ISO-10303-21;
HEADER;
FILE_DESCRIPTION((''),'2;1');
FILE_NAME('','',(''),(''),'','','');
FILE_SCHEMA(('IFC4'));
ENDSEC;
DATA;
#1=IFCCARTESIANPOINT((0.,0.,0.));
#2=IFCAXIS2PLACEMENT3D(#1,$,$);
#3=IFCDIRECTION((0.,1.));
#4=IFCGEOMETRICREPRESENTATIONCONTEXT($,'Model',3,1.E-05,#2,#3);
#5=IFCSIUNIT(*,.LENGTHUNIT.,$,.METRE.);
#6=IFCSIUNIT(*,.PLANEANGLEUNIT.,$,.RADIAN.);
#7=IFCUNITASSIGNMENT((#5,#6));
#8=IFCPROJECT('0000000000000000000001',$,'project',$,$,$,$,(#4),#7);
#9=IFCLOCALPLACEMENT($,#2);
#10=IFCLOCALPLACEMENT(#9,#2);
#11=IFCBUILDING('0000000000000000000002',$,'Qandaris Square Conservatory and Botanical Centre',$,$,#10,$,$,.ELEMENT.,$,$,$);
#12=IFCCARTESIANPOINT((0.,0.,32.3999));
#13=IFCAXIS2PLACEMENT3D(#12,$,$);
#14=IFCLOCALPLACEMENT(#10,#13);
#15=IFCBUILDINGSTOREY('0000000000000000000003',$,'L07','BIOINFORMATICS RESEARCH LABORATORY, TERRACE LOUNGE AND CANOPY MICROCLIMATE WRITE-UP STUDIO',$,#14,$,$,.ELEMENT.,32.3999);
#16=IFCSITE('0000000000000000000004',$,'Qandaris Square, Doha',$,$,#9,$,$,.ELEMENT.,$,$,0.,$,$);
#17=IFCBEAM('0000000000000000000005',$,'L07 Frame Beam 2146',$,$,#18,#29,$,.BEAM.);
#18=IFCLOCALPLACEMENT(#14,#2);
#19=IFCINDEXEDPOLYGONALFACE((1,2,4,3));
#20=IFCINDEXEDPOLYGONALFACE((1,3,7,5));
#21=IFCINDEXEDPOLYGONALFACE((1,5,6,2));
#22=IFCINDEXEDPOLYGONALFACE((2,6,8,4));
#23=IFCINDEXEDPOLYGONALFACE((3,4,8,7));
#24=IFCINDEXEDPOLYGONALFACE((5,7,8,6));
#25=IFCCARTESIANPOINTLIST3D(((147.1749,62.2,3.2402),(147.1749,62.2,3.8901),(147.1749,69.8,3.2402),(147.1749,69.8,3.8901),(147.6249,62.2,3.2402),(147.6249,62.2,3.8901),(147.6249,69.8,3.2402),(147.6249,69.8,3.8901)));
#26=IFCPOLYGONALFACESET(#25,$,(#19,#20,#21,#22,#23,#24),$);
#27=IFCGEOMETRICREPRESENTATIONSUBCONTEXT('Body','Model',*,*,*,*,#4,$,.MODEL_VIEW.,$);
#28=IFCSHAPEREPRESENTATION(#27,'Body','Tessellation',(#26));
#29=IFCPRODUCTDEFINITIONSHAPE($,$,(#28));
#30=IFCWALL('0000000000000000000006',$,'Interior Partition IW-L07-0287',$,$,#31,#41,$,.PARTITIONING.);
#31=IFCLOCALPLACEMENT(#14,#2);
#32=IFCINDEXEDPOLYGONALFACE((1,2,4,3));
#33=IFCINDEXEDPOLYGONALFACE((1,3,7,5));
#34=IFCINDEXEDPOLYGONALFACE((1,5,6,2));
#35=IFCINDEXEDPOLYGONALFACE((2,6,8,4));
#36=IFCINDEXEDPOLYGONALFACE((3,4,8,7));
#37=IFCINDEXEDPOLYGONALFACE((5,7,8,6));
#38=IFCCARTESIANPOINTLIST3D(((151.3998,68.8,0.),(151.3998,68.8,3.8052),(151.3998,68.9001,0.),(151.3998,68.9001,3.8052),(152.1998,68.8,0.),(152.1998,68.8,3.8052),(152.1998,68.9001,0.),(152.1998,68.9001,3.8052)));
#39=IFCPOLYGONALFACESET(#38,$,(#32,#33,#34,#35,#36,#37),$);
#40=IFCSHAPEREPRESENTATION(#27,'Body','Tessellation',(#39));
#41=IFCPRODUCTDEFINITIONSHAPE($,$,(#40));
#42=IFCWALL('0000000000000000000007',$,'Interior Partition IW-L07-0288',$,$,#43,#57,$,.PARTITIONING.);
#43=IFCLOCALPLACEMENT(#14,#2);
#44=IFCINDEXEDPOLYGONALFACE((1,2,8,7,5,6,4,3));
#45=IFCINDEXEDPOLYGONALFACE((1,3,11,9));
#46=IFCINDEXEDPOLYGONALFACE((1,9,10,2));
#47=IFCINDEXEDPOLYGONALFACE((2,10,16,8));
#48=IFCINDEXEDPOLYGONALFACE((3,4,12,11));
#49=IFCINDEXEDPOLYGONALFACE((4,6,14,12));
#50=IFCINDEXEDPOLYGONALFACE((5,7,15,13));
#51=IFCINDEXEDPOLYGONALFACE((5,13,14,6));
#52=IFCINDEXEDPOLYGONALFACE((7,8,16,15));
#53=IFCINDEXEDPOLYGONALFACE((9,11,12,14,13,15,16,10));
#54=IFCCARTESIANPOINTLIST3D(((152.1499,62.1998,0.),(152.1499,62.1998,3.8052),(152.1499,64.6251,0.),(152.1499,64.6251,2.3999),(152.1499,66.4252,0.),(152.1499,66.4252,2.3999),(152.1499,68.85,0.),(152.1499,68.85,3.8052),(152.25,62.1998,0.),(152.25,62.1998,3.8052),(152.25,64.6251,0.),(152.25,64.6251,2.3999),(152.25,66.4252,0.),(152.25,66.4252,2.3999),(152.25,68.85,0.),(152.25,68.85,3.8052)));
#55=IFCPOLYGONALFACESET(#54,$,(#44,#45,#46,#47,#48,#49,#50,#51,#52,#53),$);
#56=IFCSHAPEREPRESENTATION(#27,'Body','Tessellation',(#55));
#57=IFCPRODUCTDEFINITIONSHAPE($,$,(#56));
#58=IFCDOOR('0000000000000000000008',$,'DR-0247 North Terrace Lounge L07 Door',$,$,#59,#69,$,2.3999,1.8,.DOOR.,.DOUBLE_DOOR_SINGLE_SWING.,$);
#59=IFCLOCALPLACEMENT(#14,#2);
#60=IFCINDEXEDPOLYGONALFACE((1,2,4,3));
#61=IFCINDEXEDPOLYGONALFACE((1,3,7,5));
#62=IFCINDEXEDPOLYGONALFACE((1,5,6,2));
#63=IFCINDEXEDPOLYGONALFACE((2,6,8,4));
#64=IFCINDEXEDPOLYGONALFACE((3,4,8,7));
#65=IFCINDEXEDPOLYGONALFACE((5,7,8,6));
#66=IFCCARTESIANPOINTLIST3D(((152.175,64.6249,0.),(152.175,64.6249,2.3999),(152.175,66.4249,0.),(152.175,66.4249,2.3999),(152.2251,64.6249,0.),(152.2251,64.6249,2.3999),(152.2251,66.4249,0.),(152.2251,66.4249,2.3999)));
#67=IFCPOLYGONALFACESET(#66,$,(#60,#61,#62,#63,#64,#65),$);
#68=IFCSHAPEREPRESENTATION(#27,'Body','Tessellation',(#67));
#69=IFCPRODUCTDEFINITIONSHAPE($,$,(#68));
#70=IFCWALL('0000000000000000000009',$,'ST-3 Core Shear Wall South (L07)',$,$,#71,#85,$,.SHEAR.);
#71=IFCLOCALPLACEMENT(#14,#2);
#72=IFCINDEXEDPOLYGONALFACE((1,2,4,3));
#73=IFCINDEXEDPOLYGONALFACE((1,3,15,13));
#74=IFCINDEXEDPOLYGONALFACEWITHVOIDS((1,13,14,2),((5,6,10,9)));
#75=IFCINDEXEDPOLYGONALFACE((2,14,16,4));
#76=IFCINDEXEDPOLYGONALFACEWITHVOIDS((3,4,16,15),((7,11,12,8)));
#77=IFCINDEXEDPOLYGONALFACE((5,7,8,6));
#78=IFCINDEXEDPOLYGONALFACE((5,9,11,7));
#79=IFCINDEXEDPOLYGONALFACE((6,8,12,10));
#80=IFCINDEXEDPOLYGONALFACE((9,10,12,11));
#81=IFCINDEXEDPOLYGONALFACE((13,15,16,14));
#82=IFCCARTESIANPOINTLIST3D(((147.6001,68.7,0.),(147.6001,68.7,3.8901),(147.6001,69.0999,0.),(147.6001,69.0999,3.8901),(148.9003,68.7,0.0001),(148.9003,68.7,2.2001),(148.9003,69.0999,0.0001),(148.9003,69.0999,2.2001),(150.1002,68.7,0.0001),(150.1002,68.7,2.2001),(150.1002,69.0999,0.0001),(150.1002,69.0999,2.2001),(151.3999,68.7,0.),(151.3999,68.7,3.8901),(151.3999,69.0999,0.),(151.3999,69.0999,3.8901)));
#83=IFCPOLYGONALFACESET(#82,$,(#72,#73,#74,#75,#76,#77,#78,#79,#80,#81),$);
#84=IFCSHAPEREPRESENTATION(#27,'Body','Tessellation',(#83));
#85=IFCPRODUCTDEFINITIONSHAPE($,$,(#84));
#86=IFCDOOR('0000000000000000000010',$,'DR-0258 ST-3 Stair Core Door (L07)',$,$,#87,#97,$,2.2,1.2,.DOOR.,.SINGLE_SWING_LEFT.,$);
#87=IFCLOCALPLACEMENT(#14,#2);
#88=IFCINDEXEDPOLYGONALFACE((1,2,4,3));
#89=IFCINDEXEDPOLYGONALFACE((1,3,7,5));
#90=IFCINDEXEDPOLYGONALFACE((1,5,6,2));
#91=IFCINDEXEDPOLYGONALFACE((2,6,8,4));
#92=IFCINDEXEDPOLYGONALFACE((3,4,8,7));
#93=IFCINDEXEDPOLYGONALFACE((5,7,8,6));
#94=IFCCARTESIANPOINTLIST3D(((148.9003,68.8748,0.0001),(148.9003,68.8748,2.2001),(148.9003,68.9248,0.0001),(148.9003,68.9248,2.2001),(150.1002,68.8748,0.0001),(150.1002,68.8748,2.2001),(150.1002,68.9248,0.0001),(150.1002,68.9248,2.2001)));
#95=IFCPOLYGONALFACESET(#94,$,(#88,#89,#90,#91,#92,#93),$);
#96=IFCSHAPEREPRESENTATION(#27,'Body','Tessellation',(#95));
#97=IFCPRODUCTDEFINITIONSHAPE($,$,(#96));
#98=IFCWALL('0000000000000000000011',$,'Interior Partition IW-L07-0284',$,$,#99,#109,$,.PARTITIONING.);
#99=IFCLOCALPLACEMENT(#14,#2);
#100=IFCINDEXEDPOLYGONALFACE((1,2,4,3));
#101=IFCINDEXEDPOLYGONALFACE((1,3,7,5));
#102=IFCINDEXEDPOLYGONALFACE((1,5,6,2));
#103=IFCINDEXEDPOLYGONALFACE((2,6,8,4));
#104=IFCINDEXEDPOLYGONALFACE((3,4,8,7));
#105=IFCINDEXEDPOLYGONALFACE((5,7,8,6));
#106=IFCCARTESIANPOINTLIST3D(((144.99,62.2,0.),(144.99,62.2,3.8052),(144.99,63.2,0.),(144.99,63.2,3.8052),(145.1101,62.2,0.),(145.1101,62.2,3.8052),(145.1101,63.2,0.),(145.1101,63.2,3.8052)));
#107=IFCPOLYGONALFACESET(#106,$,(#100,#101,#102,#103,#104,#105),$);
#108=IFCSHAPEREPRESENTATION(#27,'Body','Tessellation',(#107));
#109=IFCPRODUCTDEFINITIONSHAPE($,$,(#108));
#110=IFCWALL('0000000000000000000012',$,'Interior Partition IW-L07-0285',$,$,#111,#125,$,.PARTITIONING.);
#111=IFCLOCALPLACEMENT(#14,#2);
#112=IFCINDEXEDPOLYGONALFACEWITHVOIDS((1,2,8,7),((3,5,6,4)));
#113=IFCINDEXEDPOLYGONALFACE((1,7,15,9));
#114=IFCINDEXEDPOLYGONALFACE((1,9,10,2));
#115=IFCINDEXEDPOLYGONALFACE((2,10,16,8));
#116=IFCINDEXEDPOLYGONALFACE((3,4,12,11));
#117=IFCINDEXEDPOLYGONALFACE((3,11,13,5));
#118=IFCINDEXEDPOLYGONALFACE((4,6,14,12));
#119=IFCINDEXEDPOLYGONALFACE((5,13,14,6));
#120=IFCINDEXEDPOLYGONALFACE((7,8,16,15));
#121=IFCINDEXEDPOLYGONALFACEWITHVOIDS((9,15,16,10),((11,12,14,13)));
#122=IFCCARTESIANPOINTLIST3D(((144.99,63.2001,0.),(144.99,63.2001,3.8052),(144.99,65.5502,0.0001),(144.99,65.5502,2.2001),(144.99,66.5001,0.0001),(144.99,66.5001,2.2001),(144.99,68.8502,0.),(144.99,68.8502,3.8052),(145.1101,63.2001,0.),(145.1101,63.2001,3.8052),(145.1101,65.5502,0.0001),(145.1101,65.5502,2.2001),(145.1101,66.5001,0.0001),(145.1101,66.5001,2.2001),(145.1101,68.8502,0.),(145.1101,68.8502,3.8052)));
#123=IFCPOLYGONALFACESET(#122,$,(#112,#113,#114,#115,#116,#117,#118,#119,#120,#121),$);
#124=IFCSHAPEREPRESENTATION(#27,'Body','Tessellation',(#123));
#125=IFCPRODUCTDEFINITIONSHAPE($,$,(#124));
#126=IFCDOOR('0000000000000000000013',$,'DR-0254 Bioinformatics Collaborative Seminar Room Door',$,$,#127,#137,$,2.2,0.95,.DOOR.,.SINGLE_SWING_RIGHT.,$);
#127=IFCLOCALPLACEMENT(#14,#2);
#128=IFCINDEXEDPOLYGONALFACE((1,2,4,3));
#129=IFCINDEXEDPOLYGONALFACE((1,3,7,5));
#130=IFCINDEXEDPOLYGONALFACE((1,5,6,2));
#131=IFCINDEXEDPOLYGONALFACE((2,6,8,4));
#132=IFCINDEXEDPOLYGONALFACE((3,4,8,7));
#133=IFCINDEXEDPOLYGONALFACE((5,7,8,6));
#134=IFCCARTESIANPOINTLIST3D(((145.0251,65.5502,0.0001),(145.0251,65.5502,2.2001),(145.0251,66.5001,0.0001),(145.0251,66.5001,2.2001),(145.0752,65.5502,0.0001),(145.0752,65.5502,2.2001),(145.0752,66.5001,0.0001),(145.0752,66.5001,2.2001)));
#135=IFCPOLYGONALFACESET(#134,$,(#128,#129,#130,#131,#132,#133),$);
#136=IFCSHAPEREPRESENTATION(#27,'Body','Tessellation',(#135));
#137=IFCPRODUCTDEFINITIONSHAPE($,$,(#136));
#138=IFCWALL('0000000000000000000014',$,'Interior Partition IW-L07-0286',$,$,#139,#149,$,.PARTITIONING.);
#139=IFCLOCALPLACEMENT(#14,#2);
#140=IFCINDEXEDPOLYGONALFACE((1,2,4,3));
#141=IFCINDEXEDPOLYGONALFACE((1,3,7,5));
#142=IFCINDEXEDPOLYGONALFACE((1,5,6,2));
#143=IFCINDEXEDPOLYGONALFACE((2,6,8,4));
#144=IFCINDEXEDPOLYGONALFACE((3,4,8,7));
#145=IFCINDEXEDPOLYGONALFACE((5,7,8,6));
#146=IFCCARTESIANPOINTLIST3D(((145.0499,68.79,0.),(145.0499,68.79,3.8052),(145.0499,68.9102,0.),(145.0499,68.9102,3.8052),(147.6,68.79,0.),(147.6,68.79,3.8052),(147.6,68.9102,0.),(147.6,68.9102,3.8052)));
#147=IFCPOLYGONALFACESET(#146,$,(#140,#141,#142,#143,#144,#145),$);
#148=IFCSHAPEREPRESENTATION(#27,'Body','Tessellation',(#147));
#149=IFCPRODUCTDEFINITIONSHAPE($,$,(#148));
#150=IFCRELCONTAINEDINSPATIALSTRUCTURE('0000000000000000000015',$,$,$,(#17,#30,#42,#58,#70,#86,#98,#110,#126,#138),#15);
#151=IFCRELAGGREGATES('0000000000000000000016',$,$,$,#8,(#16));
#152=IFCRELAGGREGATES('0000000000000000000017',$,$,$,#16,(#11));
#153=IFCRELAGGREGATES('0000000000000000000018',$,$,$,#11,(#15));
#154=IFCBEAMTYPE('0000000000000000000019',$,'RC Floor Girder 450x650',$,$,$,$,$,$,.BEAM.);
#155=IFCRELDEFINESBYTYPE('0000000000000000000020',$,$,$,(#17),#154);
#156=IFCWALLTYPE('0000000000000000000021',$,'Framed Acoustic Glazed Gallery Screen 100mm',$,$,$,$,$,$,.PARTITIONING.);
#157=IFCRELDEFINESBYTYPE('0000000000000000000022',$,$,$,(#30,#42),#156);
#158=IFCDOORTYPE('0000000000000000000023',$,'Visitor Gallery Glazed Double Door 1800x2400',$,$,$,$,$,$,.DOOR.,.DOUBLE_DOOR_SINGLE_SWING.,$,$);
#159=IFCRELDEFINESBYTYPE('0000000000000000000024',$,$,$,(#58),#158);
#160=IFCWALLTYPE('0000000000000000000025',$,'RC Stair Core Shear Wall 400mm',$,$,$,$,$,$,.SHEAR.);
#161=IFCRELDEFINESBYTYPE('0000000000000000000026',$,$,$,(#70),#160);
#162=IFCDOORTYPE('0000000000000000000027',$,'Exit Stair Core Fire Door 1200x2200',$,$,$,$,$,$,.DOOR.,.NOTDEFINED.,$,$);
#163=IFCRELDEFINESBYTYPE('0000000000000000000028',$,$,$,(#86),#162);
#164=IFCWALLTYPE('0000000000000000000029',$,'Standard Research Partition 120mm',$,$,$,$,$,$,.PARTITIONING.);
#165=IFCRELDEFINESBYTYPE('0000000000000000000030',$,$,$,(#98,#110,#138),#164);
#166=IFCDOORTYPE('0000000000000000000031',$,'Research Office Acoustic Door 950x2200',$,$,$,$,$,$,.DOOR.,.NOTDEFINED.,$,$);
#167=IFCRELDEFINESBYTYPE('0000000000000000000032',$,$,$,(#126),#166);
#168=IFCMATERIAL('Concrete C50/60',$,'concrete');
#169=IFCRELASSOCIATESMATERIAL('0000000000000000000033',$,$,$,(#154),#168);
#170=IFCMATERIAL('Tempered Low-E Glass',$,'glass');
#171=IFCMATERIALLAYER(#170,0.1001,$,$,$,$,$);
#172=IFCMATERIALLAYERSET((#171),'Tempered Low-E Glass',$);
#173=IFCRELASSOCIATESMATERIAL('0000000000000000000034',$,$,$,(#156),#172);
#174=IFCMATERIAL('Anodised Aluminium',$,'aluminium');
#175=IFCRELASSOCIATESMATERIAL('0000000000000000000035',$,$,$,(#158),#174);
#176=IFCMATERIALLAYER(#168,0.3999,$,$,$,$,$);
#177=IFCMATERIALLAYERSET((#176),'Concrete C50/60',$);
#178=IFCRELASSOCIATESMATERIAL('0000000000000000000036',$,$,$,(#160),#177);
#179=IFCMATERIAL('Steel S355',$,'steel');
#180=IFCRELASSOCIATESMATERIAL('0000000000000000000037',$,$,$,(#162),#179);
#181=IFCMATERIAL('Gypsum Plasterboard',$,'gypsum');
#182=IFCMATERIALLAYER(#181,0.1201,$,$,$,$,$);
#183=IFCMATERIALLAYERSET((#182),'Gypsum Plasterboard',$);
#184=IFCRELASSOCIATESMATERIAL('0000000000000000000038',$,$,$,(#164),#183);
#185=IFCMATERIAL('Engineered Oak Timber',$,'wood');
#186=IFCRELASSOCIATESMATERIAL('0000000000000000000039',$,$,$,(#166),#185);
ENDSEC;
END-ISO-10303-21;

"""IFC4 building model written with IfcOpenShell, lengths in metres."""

from ifc_helpers import new_model, si_unit, direction, frame, frame_2d, origin, origin_2d, place, context, subcontext, project, spatial, rectangle, extrude, material, layer, layer_set, material_profile, profile_set, type_object, element, fill, save


model = new_model("IFC4")

# Units and contexts
model_context = context("Model", 3, precision=1e-05, world=origin(), true_north=direction((0.0, 1.0)))
body_context = subcontext(model_context, "Body", "Model", "MODEL_VIEW")
ifc_project = project(units=[si_unit("LENGTHUNIT", "METRE"), si_unit("PLANEANGLEUNIT", "RADIAN")], contexts=[model_context])

# Site, building, storey
site_placement = place(None, origin())
site = spatial("IfcSite", under=ifc_project, at=site_placement, Name="Qandaris Square, Doha", CompositionType="ELEMENT", RefElevation=0.0)
building_placement = place(site_placement, origin())
building = spatial("IfcBuilding", under=site, at=building_placement, Name="Qandaris Square Conservatory and Botanical Centre", CompositionType="ELEMENT")
storey_placement = place(building_placement, frame((0.0, 0.0, 32.3999)))
storey = spatial("IfcBuildingStorey", under=building, at=storey_placement, Name="L07", Description="BIOINFORMATICS RESEARCH LABORATORY, TERRACE LOUNGE AND CANOPY MICROCLIMATE WRITE-UP STUDIO", CompositionType="ELEMENT", Elevation=32.3999)

# Shared definitions
ifc_material_1 = material(Name="Concrete C50/60", Category="concrete")

# Beam
ifc_material_2 = material(Name="Steel S355", Category="steel")
ifc_material_profile_1 = material_profile(ifc_material_1, rectangle(XDim=0.45, YDim=0.6499, at=origin_2d()), Name="RC-BM 450x650")
ifc_profile_set_1 = profile_set([ifc_material_profile_1], Name="Concrete C50/60")
beam_type_1 = type_object("IfcBeamType", Name="RC Floor Girder 450x650", PredefinedType="BEAM", material=ifc_profile_set_1)
beam_1_placement = place(storey_placement, frame((147.3999, 62.2, 3.5652), z_axis=(0.0, 1.0, 0.0), x_axis=(-1.0, 0.0, 0.0)))
element("IfcBeam", 1, at=beam_1_placement, inside=storey, type_object=beam_type_1, Name="L07 Frame Beam 2146", PredefinedType="BEAM", context=body_context, shape_type="SweptSolid", body=[
    extrude(rectangle(XDim=0.45, YDim=0.6499, at=origin_2d()), origin(), (0.0, 0.0, 1.0), 7.6001),
])

# Wall
ifc_material_3 = material(Name="Tempered Low-E Glass", Category="glass")
ifc_layer_1 = layer(ifc_material_3, 0.1001)
ifc_layer_set_1 = layer_set([ifc_layer_1], Name="Tempered Low-E Glass")
wall_type_1 = type_object("IfcWallType", Name="Framed Acoustic Glazed Gallery Screen 100mm", PredefinedType="PARTITIONING", material=ifc_layer_set_1)
wall_1_placement = place(storey_placement, frame((151.3999, 68.8501, 0.0), z_axis=(0.0, 0.0, 1.0), x_axis=(1.0, 0.0, 0.0)))
element("IfcWall", 2, at=wall_1_placement, inside=storey, type_object=wall_type_1, Name="Interior Partition IW-L07-0287", PredefinedType="PARTITIONING", context=body_context, shape_type="SweptSolid", body=[
    extrude(rectangle(XDim=0.8, YDim=0.1001, at=frame_2d((0.3999, 0.0))), origin(), (0.0, 0.0, 1.0), 3.8052),
])

# Walls, openings, doors
wall_2_placement = place(storey_placement, frame((152.2, 68.8501, 0.0), z_axis=(0.0, 0.0, 1.0), x_axis=(0.0, -1.0, 0.0)))
wall_2 = element("IfcWall", 3, at=wall_2_placement, inside=storey, type_object=wall_type_1, Name="Interior Partition IW-L07-0288", PredefinedType="PARTITIONING", context=body_context, shape_type="SweptSolid", body=[
    extrude(rectangle(XDim=6.6501, YDim=0.1001, at=frame_2d((3.3252, 0.0))), origin(), (0.0, 0.0, 1.0), 3.8052),
])
opening_1_placement = place(wall_2_placement, frame((2.425, 0.0, 0.0)))
opening_1 = element("IfcOpeningElement", 4, at=opening_1_placement, cuts=wall_2, PredefinedType="OPENING", context=body_context, shape_type="SweptSolid", body=[
    extrude(rectangle(XDim=1.8, YDim=2.3999, at=frame_2d((0.8999, 1.2))), frame((0.0, 0.062, 0.0), z_axis=(0.0, -1.0, 0.0), x_axis=(1.0, 0.0, 0.0)), (0.0, 0.0, 1.0), 0.124),
])
ifc_material_4 = material(Name="Anodised Aluminium", Category="aluminium")
door_type_1 = type_object("IfcDoorType", Name="Visitor Gallery Glazed Double Door 1800x2400", OperationType="DOUBLE_DOOR_SINGLE_SWING", PredefinedType="DOOR", material=ifc_material_4)
door_1_placement = place(opening_1_placement, frame((1.8, 0.0, 0.0), z_axis=(0.0, 0.0, 1.0), x_axis=(-1.0, 0.0, 0.0)))
door_1 = element("IfcDoor", 5, at=door_1_placement, inside=storey, type_object=door_type_1, Name="DR-0247 North Terrace Lounge L07 Door", OperationType="DOUBLE_DOOR_SINGLE_SWING", OverallHeight=2.3999, OverallWidth=1.8, PredefinedType="DOOR", context=body_context, shape_type="SweptSolid", body=[
    extrude(rectangle(XDim=1.8, YDim=2.3999, at=frame_2d((0.8999, 1.2))), frame((0.0, 0.0249, 0.0), z_axis=(0.0, -1.0, 0.0), x_axis=(1.0, 0.0, 0.0)), (0.0, 0.0, 1.0), 0.05),
])
fill(opening_1, door_1)
ifc_layer_2 = layer(ifc_material_1, 0.3999)
ifc_layer_set_2 = layer_set([ifc_layer_2], Name="Concrete C50/60")
wall_type_2 = type_object("IfcWallType", Name="RC Stair Core Shear Wall 400mm", PredefinedType="SHEAR", material=ifc_layer_set_2)
wall_3_placement = place(storey_placement, frame((147.6001, 68.8999, 0.0), z_axis=(0.0, 0.0, 1.0), x_axis=(1.0, 0.0, 0.0)))
wall_3 = element("IfcWall", 6, at=wall_3_placement, inside=storey, type_object=wall_type_2, Name="ST-3 Core Shear Wall South (L07)", PredefinedType="SHEAR", context=body_context, shape_type="SweptSolid", body=[
    extrude(rectangle(XDim=3.7998, YDim=0.3999, at=frame_2d((1.8999, 0.0))), origin(), (0.0, 0.0, 1.0), 3.8901),
])
opening_2_placement = place(wall_3_placement, frame((1.3, 0.0, 0.0)))
opening_2 = element("IfcOpeningElement", 7, at=opening_2_placement, cuts=wall_3, PredefinedType="OPENING", context=body_context, shape_type="SweptSolid", body=[
    extrude(rectangle(XDim=1.2, YDim=2.2, at=frame_2d((0.6001, 1.1001))), frame((0.0, 0.2119, 0.0), z_axis=(0.0, -1.0, 0.0), x_axis=(1.0, 0.0, 0.0)), (0.0, 0.0, 1.0), 0.4238),
])
door_type_2 = type_object("IfcDoorType", Name="Exit Stair Core Fire Door 1200x2200", OperationType="NOTDEFINED", PredefinedType="DOOR", material=ifc_material_2)
door_2_placement = place(opening_2_placement, origin())
door_2 = element("IfcDoor", 8, at=door_2_placement, inside=storey, type_object=door_type_2, Name="DR-0258 ST-3 Stair Core Door (L07)", OperationType="SINGLE_SWING_LEFT", OverallHeight=2.2, OverallWidth=1.2, PredefinedType="DOOR", context=body_context, shape_type="SweptSolid", body=[
    extrude(rectangle(XDim=1.2, YDim=2.2, at=frame_2d((0.6001, 1.1001))), frame((0.0, 0.0249, 0.0), z_axis=(0.0, -1.0, 0.0), x_axis=(1.0, 0.0, 0.0)), (0.0, 0.0, 1.0), 0.05),
])
fill(opening_2, door_2)

# Wall
ifc_material_5 = material(Name="Gypsum Plasterboard", Category="gypsum")
ifc_layer_3 = layer(ifc_material_5, 0.1201)
ifc_layer_set_3 = layer_set([ifc_layer_3], Name="Gypsum Plasterboard")
wall_type_3 = type_object("IfcWallType", Name="Standard Research Partition 120mm", PredefinedType="PARTITIONING", material=ifc_layer_set_3)
wall_4_placement = place(storey_placement, frame((145.05, 62.2, 0.0), z_axis=(0.0, 0.0, 1.0), x_axis=(0.0, 1.0, 0.0)))
element("IfcWall", 9, at=wall_4_placement, inside=storey, type_object=wall_type_3, Name="Interior Partition IW-L07-0284", PredefinedType="PARTITIONING", context=body_context, shape_type="SweptSolid", body=[
    extrude(rectangle(XDim=1.0, YDim=0.1201, at=frame_2d((0.5, 0.0))), origin(), (0.0, 0.0, 1.0), 3.8052),
])

# Wall, opening, door
wall_5_placement = place(storey_placement, frame((145.05, 63.2, 0.0), z_axis=(0.0, 0.0, 1.0), x_axis=(0.0, 1.0, 0.0)))
wall_5 = element("IfcWall", 10, at=wall_5_placement, inside=storey, type_object=wall_type_3, Name="Interior Partition IW-L07-0285", PredefinedType="PARTITIONING", context=body_context, shape_type="SweptSolid", body=[
    extrude(rectangle(XDim=5.6501, YDim=0.1201, at=frame_2d((2.8252, 0.0))), origin(), (0.0, 0.0, 1.0), 3.8052),
])
opening_3_placement = place(wall_5_placement, frame((2.3501, 0.0, 0.0)))
opening_3 = element("IfcOpeningElement", 11, at=opening_3_placement, cuts=wall_5, PredefinedType="OPENING", context=body_context, shape_type="SweptSolid", body=[
    extrude(rectangle(XDim=0.95, YDim=2.2, at=frame_2d((0.4751, 1.1001))), frame((0.0, 0.072, 0.0), z_axis=(0.0, -1.0, 0.0), x_axis=(1.0, 0.0, 0.0)), (0.0, 0.0, 1.0), 0.144),
])
ifc_material_6 = material(Name="Engineered Oak Timber", Category="wood")
door_type_3 = type_object("IfcDoorType", Name="Research Office Acoustic Door 950x2200", OperationType="NOTDEFINED", PredefinedType="DOOR", material=ifc_material_6)
door_3_placement = place(opening_3_placement, origin())
door_3 = element("IfcDoor", 12, at=door_3_placement, inside=storey, type_object=door_type_3, Name="DR-0254 Bioinformatics Collaborative Seminar Room Door", OperationType="SINGLE_SWING_RIGHT", OverallHeight=2.2, OverallWidth=0.95, PredefinedType="DOOR", context=body_context, shape_type="SweptSolid", body=[
    extrude(rectangle(XDim=0.95, YDim=2.2, at=frame_2d((0.4751, 1.1001))), frame((0.0, 0.0249, 0.0), z_axis=(0.0, -1.0, 0.0), x_axis=(1.0, 0.0, 0.0)), (0.0, 0.0, 1.0), 0.05),
])
fill(opening_3, door_3)

# Wall
wall_6_placement = place(storey_placement, frame((145.05, 68.8501, 0.0), z_axis=(0.0, 0.0, 1.0), x_axis=(1.0, 0.0, 0.0)))
element("IfcWall", 13, at=wall_6_placement, inside=storey, type_object=wall_type_3, Name="Interior Partition IW-L07-0286", PredefinedType="PARTITIONING", context=body_context, shape_type="SweptSolid", body=[
    extrude(rectangle(XDim=2.55, YDim=0.1201, at=frame_2d((1.2749, 0.0))), origin(), (0.0, 0.0, 1.0), 3.8052),
])

save(model, "model.ifc")
